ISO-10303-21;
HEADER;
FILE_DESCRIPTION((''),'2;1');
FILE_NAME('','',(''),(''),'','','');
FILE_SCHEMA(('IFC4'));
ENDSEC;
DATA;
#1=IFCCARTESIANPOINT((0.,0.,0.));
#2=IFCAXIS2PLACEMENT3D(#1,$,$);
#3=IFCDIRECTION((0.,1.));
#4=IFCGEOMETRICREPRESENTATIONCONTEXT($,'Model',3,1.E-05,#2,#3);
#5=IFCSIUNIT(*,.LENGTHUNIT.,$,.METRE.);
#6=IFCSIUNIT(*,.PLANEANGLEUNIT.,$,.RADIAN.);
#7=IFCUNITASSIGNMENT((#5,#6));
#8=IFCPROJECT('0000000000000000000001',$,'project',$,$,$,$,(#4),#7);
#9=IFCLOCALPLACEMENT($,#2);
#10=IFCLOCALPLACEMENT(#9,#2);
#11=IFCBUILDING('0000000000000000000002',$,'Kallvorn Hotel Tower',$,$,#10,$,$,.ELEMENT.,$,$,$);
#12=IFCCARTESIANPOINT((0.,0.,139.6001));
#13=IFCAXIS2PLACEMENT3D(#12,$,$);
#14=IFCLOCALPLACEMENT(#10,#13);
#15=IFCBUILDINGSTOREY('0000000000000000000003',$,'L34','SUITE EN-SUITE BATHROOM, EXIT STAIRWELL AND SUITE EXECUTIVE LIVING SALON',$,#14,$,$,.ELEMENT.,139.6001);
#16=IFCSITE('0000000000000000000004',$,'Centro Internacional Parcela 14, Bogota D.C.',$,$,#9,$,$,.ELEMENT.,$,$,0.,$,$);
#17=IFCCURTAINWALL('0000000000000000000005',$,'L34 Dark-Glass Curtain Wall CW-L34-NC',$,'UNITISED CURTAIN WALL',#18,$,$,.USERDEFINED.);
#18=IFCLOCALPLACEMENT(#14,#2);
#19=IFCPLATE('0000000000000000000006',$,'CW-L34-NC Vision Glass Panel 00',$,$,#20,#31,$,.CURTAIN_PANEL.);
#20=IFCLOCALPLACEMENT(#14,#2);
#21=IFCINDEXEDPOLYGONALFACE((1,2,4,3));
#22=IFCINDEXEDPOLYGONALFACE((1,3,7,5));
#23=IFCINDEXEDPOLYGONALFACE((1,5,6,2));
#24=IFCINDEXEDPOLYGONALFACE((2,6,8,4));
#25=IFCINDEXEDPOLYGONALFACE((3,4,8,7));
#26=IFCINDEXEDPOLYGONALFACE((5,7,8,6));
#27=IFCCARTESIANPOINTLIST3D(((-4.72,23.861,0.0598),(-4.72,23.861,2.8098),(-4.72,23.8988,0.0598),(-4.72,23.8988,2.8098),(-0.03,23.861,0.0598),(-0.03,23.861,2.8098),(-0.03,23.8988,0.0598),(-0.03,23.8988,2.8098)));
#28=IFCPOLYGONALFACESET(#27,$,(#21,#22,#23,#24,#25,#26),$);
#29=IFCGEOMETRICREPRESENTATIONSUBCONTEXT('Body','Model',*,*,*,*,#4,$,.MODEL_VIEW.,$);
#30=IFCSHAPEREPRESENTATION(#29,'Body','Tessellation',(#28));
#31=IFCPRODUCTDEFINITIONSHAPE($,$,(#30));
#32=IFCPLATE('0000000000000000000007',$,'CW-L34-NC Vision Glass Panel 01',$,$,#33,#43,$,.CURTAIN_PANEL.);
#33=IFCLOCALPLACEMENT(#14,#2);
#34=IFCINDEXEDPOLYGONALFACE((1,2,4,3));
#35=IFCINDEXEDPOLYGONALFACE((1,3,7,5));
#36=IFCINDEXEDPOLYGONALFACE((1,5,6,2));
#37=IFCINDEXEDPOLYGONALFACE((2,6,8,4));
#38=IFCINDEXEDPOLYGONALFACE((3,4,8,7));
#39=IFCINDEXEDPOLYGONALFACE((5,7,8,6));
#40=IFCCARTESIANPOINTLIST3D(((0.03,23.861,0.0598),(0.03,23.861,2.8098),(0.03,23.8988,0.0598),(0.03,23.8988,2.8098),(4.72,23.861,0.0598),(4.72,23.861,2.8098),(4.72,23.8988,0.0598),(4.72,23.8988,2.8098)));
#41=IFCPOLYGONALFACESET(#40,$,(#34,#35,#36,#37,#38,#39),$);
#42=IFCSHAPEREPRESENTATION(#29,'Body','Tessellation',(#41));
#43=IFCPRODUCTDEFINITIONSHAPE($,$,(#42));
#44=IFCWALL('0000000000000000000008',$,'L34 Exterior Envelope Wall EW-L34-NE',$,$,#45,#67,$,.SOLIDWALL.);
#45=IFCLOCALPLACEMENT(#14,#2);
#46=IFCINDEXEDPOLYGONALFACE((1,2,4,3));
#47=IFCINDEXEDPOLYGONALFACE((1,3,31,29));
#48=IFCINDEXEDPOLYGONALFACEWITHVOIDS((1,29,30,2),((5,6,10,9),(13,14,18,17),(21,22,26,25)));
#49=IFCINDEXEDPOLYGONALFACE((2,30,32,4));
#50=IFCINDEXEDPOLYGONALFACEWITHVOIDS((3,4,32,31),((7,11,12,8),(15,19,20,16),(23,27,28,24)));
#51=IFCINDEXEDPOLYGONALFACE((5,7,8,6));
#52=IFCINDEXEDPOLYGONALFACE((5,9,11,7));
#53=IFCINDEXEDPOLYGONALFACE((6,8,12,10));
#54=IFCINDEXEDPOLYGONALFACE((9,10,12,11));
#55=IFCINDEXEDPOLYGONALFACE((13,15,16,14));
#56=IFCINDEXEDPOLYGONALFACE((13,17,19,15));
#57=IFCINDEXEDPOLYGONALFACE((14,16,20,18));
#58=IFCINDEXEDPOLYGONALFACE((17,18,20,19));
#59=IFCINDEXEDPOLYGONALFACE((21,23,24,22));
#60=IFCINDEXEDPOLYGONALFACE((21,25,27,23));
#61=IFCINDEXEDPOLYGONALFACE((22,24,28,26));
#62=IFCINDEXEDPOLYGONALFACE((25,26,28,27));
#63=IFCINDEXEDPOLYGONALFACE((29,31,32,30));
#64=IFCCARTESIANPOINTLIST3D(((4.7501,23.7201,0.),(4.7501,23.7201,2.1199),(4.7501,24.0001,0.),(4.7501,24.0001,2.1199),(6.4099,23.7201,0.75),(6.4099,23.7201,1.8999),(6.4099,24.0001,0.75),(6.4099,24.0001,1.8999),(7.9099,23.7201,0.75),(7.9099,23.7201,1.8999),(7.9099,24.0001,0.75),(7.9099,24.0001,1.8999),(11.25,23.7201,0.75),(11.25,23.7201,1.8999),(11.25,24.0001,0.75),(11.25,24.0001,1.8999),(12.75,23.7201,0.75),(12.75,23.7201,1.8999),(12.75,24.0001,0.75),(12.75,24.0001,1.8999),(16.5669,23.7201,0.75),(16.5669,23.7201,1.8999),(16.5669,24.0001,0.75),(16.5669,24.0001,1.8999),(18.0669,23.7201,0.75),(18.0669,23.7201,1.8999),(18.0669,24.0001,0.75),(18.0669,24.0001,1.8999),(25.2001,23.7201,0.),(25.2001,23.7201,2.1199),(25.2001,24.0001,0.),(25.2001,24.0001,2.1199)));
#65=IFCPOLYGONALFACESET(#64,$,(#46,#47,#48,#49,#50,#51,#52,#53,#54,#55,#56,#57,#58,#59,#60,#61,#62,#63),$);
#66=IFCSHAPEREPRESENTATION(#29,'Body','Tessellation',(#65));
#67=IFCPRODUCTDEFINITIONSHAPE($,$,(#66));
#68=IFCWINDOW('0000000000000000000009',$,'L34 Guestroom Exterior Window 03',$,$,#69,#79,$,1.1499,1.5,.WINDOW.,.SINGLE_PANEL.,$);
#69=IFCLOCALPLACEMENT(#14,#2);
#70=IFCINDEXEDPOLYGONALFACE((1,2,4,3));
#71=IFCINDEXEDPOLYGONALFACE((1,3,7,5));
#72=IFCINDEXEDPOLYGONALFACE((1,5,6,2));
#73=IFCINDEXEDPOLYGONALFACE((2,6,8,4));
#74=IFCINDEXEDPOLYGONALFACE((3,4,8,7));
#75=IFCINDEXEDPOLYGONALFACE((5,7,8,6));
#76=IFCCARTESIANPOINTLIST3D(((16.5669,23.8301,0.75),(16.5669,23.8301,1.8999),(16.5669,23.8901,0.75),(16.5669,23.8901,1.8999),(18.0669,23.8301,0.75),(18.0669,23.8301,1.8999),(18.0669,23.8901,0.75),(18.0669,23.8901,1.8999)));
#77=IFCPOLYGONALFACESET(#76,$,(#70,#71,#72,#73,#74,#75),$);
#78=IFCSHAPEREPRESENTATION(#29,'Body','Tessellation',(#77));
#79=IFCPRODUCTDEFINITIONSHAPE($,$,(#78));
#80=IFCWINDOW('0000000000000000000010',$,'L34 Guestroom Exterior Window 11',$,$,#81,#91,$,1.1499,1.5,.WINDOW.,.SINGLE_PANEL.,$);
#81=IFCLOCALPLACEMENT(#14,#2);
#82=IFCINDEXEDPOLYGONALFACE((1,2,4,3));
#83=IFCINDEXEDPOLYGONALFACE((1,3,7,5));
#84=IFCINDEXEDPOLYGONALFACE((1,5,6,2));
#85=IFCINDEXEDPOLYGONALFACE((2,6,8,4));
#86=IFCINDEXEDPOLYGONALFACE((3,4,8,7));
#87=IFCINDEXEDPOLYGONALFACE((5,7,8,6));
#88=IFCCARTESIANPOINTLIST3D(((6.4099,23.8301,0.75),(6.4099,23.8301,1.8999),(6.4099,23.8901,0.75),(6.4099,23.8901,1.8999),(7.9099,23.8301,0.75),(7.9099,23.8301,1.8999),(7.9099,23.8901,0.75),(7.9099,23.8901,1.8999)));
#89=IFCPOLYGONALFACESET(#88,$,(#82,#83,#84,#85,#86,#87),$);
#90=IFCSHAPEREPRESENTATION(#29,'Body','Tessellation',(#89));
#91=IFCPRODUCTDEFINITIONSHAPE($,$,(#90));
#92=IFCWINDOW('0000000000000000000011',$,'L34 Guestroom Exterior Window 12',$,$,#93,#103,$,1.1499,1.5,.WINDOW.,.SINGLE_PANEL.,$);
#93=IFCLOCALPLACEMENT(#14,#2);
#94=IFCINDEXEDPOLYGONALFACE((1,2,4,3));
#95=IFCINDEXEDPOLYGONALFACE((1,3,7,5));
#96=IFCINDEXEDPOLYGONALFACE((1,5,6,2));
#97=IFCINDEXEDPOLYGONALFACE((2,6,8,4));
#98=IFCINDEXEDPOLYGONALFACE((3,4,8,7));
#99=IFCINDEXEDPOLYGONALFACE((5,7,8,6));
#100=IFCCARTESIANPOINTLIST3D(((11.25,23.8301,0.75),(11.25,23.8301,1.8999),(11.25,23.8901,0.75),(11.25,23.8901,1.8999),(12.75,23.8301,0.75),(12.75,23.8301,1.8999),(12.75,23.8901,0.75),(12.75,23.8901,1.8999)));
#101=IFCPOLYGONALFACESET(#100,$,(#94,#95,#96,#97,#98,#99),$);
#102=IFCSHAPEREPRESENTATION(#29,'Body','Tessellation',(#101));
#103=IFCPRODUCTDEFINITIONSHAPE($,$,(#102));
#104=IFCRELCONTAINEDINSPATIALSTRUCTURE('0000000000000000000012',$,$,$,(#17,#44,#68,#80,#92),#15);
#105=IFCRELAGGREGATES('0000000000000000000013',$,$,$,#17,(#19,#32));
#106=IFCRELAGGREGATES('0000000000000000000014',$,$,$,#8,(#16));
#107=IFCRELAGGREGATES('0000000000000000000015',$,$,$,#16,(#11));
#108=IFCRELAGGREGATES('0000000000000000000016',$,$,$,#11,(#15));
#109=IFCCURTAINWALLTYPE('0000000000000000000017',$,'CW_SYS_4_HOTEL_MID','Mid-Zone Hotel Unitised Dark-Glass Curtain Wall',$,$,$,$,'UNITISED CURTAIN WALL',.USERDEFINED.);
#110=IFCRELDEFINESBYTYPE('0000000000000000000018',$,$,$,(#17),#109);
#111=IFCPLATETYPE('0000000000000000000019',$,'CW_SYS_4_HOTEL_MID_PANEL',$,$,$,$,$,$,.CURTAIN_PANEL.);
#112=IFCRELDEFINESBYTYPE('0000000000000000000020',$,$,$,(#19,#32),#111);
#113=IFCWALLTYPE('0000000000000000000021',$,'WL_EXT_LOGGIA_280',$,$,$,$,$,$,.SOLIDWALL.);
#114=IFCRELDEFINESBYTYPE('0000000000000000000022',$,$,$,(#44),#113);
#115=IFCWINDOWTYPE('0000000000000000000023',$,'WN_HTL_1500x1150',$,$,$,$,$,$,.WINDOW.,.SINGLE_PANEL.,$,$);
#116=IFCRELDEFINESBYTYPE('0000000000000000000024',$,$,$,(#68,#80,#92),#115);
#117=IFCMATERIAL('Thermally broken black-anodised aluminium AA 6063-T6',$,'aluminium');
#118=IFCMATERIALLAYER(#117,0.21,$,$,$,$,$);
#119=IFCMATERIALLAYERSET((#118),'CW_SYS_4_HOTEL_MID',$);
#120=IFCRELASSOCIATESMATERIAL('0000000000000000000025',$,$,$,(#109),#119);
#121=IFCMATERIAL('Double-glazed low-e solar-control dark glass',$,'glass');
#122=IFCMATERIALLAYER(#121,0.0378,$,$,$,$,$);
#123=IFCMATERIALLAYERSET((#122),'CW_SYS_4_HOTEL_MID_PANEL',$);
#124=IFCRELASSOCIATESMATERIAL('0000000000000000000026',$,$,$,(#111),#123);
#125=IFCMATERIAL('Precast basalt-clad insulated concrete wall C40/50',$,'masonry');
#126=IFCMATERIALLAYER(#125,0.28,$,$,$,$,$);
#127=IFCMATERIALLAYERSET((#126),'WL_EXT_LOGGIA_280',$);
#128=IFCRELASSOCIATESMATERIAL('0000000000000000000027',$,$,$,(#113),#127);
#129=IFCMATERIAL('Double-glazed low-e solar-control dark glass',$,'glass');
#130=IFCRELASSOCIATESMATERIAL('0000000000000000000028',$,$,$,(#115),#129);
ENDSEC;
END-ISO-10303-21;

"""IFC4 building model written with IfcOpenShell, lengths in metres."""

from ifc_helpers import new_model, si_unit, direction, frame, frame_2d, origin, origin_2d, place, context, subcontext, project, spatial, rectangle, extrude, material, layer, layer_set, type_object, element, fill, aggregate, save


model = new_model("IFC4")

# Units and contexts
model_context = context("Model", 3, precision=1e-05, world=origin(), true_north=direction((0.0, 1.0)))
body_context = subcontext(model_context, "Body", "Model", "MODEL_VIEW")
ifc_project = project(units=[si_unit("LENGTHUNIT", "METRE"), si_unit("PLANEANGLEUNIT", "RADIAN")], contexts=[model_context])

# Site, building, storey
site_placement = place(None, origin())
site = spatial("IfcSite", under=ifc_project, at=site_placement, Name="Centro Internacional Parcela 14, Bogota D.C.", CompositionType="ELEMENT", RefElevation=0.0)
building_placement = place(site_placement, origin())
building = spatial("IfcBuilding", under=site, at=building_placement, Name="Kallvorn Hotel Tower", CompositionType="ELEMENT")
storey_placement = place(building_placement, frame((0.0, 0.0, 139.6001)))
storey = spatial("IfcBuildingStorey", under=building, at=storey_placement, Name="L34", Description="SUITE EN-SUITE BATHROOM, EXIT STAIRWELL AND SUITE EXECUTIVE LIVING SALON", CompositionType="ELEMENT", Elevation=139.6001)

# Curtain wall, plates
ifc_material_1 = material(Name="Thermally broken black-anodised aluminium AA 6063-T6", Category="aluminium")
ifc_layer_1 = layer(ifc_material_1, 0.21)
ifc_layer_set_1 = layer_set([ifc_layer_1], Name="CW_SYS_4_HOTEL_MID")
curtain_wall_type = type_object("IfcCurtainWallType", Name="CW_SYS_4_HOTEL_MID", Description="Mid-Zone Hotel Unitised Dark-Glass Curtain Wall", ElementType="UNITISED CURTAIN WALL", PredefinedType="USERDEFINED", material=ifc_layer_set_1)
curtain_wall_placement = place(storey_placement, origin())
curtain_wall = element("IfcCurtainWall", 1, at=curtain_wall_placement, inside=storey, type_object=curtain_wall_type, Name="L34 Dark-Glass Curtain Wall CW-L34-NC", ObjectType="UNITISED CURTAIN WALL", PredefinedType="USERDEFINED")
ifc_material_2 = material(Name="Double-glazed low-e solar-control dark glass", Category="glass")
ifc_layer_2 = layer(ifc_material_2, 0.0378)
ifc_layer_set_2 = layer_set([ifc_layer_2], Name="CW_SYS_4_HOTEL_MID_PANEL")
plate_type = type_object("IfcPlateType", Name="CW_SYS_4_HOTEL_MID_PANEL", PredefinedType="CURTAIN_PANEL", material=ifc_layer_set_2)
plate_1_placement = place(storey_placement, frame((-2.375, 23.8799, 0.0598), z_axis=(0.0, 0.0, 1.0), x_axis=(1.0, 0.0, 0.0)))
plate_1 = element("IfcPlate", 2, at=plate_1_placement, type_object=plate_type, Name="CW-L34-NC Vision Glass Panel 00", PredefinedType="CURTAIN_PANEL", context=body_context, shape_type="SweptSolid", body=[
    extrude(rectangle(XDim=4.6899, YDim=0.0378, at=origin_2d()), origin(), (0.0, 0.0, 1.0), 2.75),
])
plate_2_placement = place(storey_placement, frame((2.375, 23.8799, 0.0598), z_axis=(0.0, 0.0, 1.0), x_axis=(1.0, 0.0, 0.0)))
plate_2 = element("IfcPlate", 3, at=plate_2_placement, type_object=plate_type, Name="CW-L34-NC Vision Glass Panel 01", PredefinedType="CURTAIN_PANEL", context=body_context, shape_type="SweptSolid", body=[
    extrude(rectangle(XDim=4.6899, YDim=0.0378, at=origin_2d()), origin(), (0.0, 0.0, 1.0), 2.75),
])
aggregate(curtain_wall, [plate_1, plate_2])

# Wall, openings, windows
ifc_material_3 = material(Name="Precast basalt-clad insulated concrete wall C40/50", Category="masonry")
ifc_layer_3 = layer(ifc_material_3, 0.28)
ifc_layer_set_3 = layer_set([ifc_layer_3], Name="WL_EXT_LOGGIA_280")
wall_type = type_object("IfcWallType", Name="WL_EXT_LOGGIA_280", PredefinedType="SOLIDWALL", material=ifc_layer_set_3)
wall_placement = place(storey_placement, frame((4.75, 23.8601, 0.0), z_axis=(0.0, 0.0, 1.0), x_axis=(1.0, 0.0, 0.0)))
wall = element("IfcWall", 4, at=wall_placement, inside=storey, type_object=wall_type, Name="L34 Exterior Envelope Wall EW-L34-NE", PredefinedType="SOLIDWALL", context=body_context, shape_type="SweptSolid", body=[
    extrude(rectangle(XDim=20.45, YDim=0.28, at=frame_2d((10.2251, 0.0))), origin(), (0.0, 0.0, 1.0), 2.1199),
])
opening_1_placement = place(wall_placement, frame((11.8169, 0.0, 0.75)))
opening_1 = element("IfcOpeningElement", 5, at=opening_1_placement, cuts=wall, PredefinedType="OPENING", context=body_context, shape_type="SweptSolid", body=[
    extrude(rectangle(XDim=1.5, YDim=1.1499, at=frame_2d((0.75, 0.575))), frame((0.0, 0.155, 0.0), z_axis=(0.0, -1.0, 0.0), x_axis=(1.0, 0.0, 0.0)), (0.0, 0.0, 1.0), 0.3101),
])
opening_2_placement = place(wall_placement, frame((1.6599, 0.0, 0.75)))
opening_2 = element("IfcOpeningElement", 6, at=opening_2_placement, cuts=wall, PredefinedType="OPENING", context=body_context, shape_type="SweptSolid", body=[
    extrude(rectangle(XDim=1.5, YDim=1.1499, at=frame_2d((0.75, 0.575))), frame((0.0, 0.155, 0.0), z_axis=(0.0, -1.0, 0.0), x_axis=(1.0, 0.0, 0.0)), (0.0, 0.0, 1.0), 0.3101),
])
opening_3_placement = place(wall_placement, frame((6.5, 0.0, 0.75)))
opening_3 = element("IfcOpeningElement", 7, at=opening_3_placement, cuts=wall, PredefinedType="OPENING", context=body_context, shape_type="SweptSolid", body=[
    extrude(rectangle(XDim=1.5, YDim=1.1499, at=frame_2d((0.75, 0.575))), frame((0.0, 0.155, 0.0), z_axis=(0.0, -1.0, 0.0), x_axis=(1.0, 0.0, 0.0)), (0.0, 0.0, 1.0), 0.3101),
])
ifc_material_4 = material(Name="Double-glazed low-e solar-control dark glass", Category="glass")
window_type = type_object("IfcWindowType", Name="WN_HTL_1500x1150", PartitioningType="SINGLE_PANEL", PredefinedType="WINDOW", material=ifc_material_4)
window_1_placement = place(opening_1_placement, origin())
window_1 = element("IfcWindow", 8, at=window_1_placement, inside=storey, type_object=window_type, Name="L34 Guestroom Exterior Window 03", OverallHeight=1.1499, OverallWidth=1.5, PartitioningType="SINGLE_PANEL", PredefinedType="WINDOW", context=body_context, shape_type="SweptSolid", body=[
    extrude(rectangle(XDim=1.5, YDim=1.1499, at=frame_2d((0.75, 0.575))), frame((0.0, 0.03, 0.0), z_axis=(0.0, -1.0, 0.0), x_axis=(1.0, 0.0, 0.0)), (0.0, 0.0, 1.0), 0.0601),
])
fill(opening_1, window_1)
window_2_placement = place(opening_2_placement, origin())
window_2 = element("IfcWindow", 9, at=window_2_placement, inside=storey, type_object=window_type, Name="L34 Guestroom Exterior Window 11", OverallHeight=1.1499, OverallWidth=1.5, PartitioningType="SINGLE_PANEL", PredefinedType="WINDOW", context=body_context, shape_type="SweptSolid", body=[
    extrude(rectangle(XDim=1.5, YDim=1.1499, at=frame_2d((0.75, 0.575))), frame((0.0, 0.03, 0.0), z_axis=(0.0, -1.0, 0.0), x_axis=(1.0, 0.0, 0.0)), (0.0, 0.0, 1.0), 0.0601),
])
fill(opening_2, window_2)
window_3_placement = place(opening_3_placement, origin())
window_3 = element("IfcWindow", 10, at=window_3_placement, inside=storey, type_object=window_type, Name="L34 Guestroom Exterior Window 12", OverallHeight=1.1499, OverallWidth=1.5, PartitioningType="SINGLE_PANEL", PredefinedType="WINDOW", context=body_context, shape_type="SweptSolid", body=[
    extrude(rectangle(XDim=1.5, YDim=1.1499, at=frame_2d((0.75, 0.575))), frame((0.0, 0.03, 0.0), z_axis=(0.0, -1.0, 0.0), x_axis=(1.0, 0.0, 0.0)), (0.0, 0.0, 1.0), 0.0601),
])
fill(opening_3, window_3)

save(model, "model.ifc")
